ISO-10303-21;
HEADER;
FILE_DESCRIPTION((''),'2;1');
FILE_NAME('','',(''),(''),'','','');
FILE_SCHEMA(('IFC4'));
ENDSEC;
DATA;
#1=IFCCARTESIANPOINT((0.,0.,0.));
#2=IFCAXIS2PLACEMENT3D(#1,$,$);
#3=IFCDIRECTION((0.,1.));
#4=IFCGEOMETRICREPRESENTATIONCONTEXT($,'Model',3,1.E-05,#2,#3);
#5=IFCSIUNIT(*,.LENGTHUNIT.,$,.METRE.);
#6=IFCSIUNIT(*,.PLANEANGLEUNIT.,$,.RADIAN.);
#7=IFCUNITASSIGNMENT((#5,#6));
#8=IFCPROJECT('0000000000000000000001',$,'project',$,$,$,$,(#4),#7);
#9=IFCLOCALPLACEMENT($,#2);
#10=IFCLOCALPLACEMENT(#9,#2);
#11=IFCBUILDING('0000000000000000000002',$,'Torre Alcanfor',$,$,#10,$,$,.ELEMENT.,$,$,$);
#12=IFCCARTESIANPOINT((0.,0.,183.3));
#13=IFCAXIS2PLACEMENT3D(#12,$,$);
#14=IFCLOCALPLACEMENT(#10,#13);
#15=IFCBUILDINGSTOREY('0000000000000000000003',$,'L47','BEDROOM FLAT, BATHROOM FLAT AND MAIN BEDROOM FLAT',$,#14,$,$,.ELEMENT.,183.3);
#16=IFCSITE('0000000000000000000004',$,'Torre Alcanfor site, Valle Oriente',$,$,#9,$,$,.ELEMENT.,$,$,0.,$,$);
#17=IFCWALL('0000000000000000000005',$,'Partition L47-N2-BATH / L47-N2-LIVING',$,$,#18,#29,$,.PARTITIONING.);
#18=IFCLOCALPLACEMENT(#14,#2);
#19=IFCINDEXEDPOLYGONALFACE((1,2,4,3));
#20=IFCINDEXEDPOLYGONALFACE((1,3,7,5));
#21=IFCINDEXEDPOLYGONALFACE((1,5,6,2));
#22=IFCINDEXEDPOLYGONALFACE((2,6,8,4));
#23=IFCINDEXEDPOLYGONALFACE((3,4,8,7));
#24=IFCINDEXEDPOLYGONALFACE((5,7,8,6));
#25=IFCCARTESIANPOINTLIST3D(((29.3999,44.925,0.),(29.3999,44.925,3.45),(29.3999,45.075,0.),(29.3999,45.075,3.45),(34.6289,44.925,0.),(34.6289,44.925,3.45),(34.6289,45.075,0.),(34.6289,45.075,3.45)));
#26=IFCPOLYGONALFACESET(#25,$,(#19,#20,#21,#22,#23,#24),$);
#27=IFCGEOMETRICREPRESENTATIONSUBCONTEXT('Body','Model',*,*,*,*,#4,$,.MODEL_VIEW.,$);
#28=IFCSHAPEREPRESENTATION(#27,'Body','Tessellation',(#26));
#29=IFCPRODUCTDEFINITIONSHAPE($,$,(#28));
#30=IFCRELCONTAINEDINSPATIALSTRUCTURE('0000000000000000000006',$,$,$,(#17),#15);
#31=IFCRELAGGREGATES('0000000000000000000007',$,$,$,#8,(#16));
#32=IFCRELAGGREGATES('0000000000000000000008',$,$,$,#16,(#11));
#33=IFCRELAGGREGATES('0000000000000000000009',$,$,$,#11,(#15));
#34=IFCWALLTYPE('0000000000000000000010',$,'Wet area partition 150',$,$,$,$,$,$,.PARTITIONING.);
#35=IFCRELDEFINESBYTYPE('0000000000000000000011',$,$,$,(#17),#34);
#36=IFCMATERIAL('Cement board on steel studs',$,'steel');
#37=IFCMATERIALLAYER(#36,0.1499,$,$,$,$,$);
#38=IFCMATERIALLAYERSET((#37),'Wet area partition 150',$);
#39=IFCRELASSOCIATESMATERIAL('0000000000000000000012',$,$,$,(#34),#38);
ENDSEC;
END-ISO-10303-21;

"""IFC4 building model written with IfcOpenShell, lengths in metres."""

from ifc_helpers import new_model, si_unit, direction, frame, frame_2d, origin, place, context, subcontext, project, spatial, rectangle, extrude, material, layer, layer_set, type_object, element, save


model = new_model("IFC4")

# Units and contexts
model_context = context("Model", 3, precision=1e-05, world=origin(), true_north=direction((0.0, 1.0)))
body_context = subcontext(model_context, "Body", "Model", "MODEL_VIEW")
ifc_project = project(units=[si_unit("LENGTHUNIT", "METRE"), si_unit("PLANEANGLEUNIT", "RADIAN")], contexts=[model_context])

# Site, building, storey
site_placement = place(None, origin())
site = spatial("IfcSite", under=ifc_project, at=site_placement, Name="Torre Alcanfor site, Valle Oriente", CompositionType="ELEMENT", RefElevation=0.0)
building_placement = place(site_placement, origin())
building = spatial("IfcBuilding", under=site, at=building_placement, Name="Torre Alcanfor", CompositionType="ELEMENT")
storey_placement = place(building_placement, frame((0.0, 0.0, 183.3)))
storey = spatial("IfcBuildingStorey", under=building, at=storey_placement, Name="L47", Description="BEDROOM FLAT, BATHROOM FLAT AND MAIN BEDROOM FLAT", CompositionType="ELEMENT", Elevation=183.3)

# Shared definitions
ifc_material_1 = material(Name="Cement board on steel studs", Category="steel")
ifc_layer_1 = layer(ifc_material_1, 0.1499)
ifc_layer_set_1 = layer_set([ifc_layer_1], Name="Wet area partition 150")
wall_type_1 = type_object("IfcWallType", Name="Wet area partition 150", PredefinedType="PARTITIONING", material=ifc_layer_set_1)

# Wall
wall_1_placement = place(storey_placement, frame((34.6289, 45.0, 0.0), z_axis=(0.0, 0.0, 1.0), x_axis=(-1.0, 0.0, 0.0)))
element("IfcWall", 1, at=wall_1_placement, inside=storey, type_object=wall_type_1, Name="Partition L47-N2-BATH / L47-N2-LIVING", PredefinedType="PARTITIONING", context=body_context, shape_type="SweptSolid", body=[
    extrude(rectangle(XDim=5.229, YDim=0.1499, at=frame_2d((2.6145, 0.0))), origin(), (0.0, 0.0, 1.0), 3.45),
])

save(model, "model.ifc")
